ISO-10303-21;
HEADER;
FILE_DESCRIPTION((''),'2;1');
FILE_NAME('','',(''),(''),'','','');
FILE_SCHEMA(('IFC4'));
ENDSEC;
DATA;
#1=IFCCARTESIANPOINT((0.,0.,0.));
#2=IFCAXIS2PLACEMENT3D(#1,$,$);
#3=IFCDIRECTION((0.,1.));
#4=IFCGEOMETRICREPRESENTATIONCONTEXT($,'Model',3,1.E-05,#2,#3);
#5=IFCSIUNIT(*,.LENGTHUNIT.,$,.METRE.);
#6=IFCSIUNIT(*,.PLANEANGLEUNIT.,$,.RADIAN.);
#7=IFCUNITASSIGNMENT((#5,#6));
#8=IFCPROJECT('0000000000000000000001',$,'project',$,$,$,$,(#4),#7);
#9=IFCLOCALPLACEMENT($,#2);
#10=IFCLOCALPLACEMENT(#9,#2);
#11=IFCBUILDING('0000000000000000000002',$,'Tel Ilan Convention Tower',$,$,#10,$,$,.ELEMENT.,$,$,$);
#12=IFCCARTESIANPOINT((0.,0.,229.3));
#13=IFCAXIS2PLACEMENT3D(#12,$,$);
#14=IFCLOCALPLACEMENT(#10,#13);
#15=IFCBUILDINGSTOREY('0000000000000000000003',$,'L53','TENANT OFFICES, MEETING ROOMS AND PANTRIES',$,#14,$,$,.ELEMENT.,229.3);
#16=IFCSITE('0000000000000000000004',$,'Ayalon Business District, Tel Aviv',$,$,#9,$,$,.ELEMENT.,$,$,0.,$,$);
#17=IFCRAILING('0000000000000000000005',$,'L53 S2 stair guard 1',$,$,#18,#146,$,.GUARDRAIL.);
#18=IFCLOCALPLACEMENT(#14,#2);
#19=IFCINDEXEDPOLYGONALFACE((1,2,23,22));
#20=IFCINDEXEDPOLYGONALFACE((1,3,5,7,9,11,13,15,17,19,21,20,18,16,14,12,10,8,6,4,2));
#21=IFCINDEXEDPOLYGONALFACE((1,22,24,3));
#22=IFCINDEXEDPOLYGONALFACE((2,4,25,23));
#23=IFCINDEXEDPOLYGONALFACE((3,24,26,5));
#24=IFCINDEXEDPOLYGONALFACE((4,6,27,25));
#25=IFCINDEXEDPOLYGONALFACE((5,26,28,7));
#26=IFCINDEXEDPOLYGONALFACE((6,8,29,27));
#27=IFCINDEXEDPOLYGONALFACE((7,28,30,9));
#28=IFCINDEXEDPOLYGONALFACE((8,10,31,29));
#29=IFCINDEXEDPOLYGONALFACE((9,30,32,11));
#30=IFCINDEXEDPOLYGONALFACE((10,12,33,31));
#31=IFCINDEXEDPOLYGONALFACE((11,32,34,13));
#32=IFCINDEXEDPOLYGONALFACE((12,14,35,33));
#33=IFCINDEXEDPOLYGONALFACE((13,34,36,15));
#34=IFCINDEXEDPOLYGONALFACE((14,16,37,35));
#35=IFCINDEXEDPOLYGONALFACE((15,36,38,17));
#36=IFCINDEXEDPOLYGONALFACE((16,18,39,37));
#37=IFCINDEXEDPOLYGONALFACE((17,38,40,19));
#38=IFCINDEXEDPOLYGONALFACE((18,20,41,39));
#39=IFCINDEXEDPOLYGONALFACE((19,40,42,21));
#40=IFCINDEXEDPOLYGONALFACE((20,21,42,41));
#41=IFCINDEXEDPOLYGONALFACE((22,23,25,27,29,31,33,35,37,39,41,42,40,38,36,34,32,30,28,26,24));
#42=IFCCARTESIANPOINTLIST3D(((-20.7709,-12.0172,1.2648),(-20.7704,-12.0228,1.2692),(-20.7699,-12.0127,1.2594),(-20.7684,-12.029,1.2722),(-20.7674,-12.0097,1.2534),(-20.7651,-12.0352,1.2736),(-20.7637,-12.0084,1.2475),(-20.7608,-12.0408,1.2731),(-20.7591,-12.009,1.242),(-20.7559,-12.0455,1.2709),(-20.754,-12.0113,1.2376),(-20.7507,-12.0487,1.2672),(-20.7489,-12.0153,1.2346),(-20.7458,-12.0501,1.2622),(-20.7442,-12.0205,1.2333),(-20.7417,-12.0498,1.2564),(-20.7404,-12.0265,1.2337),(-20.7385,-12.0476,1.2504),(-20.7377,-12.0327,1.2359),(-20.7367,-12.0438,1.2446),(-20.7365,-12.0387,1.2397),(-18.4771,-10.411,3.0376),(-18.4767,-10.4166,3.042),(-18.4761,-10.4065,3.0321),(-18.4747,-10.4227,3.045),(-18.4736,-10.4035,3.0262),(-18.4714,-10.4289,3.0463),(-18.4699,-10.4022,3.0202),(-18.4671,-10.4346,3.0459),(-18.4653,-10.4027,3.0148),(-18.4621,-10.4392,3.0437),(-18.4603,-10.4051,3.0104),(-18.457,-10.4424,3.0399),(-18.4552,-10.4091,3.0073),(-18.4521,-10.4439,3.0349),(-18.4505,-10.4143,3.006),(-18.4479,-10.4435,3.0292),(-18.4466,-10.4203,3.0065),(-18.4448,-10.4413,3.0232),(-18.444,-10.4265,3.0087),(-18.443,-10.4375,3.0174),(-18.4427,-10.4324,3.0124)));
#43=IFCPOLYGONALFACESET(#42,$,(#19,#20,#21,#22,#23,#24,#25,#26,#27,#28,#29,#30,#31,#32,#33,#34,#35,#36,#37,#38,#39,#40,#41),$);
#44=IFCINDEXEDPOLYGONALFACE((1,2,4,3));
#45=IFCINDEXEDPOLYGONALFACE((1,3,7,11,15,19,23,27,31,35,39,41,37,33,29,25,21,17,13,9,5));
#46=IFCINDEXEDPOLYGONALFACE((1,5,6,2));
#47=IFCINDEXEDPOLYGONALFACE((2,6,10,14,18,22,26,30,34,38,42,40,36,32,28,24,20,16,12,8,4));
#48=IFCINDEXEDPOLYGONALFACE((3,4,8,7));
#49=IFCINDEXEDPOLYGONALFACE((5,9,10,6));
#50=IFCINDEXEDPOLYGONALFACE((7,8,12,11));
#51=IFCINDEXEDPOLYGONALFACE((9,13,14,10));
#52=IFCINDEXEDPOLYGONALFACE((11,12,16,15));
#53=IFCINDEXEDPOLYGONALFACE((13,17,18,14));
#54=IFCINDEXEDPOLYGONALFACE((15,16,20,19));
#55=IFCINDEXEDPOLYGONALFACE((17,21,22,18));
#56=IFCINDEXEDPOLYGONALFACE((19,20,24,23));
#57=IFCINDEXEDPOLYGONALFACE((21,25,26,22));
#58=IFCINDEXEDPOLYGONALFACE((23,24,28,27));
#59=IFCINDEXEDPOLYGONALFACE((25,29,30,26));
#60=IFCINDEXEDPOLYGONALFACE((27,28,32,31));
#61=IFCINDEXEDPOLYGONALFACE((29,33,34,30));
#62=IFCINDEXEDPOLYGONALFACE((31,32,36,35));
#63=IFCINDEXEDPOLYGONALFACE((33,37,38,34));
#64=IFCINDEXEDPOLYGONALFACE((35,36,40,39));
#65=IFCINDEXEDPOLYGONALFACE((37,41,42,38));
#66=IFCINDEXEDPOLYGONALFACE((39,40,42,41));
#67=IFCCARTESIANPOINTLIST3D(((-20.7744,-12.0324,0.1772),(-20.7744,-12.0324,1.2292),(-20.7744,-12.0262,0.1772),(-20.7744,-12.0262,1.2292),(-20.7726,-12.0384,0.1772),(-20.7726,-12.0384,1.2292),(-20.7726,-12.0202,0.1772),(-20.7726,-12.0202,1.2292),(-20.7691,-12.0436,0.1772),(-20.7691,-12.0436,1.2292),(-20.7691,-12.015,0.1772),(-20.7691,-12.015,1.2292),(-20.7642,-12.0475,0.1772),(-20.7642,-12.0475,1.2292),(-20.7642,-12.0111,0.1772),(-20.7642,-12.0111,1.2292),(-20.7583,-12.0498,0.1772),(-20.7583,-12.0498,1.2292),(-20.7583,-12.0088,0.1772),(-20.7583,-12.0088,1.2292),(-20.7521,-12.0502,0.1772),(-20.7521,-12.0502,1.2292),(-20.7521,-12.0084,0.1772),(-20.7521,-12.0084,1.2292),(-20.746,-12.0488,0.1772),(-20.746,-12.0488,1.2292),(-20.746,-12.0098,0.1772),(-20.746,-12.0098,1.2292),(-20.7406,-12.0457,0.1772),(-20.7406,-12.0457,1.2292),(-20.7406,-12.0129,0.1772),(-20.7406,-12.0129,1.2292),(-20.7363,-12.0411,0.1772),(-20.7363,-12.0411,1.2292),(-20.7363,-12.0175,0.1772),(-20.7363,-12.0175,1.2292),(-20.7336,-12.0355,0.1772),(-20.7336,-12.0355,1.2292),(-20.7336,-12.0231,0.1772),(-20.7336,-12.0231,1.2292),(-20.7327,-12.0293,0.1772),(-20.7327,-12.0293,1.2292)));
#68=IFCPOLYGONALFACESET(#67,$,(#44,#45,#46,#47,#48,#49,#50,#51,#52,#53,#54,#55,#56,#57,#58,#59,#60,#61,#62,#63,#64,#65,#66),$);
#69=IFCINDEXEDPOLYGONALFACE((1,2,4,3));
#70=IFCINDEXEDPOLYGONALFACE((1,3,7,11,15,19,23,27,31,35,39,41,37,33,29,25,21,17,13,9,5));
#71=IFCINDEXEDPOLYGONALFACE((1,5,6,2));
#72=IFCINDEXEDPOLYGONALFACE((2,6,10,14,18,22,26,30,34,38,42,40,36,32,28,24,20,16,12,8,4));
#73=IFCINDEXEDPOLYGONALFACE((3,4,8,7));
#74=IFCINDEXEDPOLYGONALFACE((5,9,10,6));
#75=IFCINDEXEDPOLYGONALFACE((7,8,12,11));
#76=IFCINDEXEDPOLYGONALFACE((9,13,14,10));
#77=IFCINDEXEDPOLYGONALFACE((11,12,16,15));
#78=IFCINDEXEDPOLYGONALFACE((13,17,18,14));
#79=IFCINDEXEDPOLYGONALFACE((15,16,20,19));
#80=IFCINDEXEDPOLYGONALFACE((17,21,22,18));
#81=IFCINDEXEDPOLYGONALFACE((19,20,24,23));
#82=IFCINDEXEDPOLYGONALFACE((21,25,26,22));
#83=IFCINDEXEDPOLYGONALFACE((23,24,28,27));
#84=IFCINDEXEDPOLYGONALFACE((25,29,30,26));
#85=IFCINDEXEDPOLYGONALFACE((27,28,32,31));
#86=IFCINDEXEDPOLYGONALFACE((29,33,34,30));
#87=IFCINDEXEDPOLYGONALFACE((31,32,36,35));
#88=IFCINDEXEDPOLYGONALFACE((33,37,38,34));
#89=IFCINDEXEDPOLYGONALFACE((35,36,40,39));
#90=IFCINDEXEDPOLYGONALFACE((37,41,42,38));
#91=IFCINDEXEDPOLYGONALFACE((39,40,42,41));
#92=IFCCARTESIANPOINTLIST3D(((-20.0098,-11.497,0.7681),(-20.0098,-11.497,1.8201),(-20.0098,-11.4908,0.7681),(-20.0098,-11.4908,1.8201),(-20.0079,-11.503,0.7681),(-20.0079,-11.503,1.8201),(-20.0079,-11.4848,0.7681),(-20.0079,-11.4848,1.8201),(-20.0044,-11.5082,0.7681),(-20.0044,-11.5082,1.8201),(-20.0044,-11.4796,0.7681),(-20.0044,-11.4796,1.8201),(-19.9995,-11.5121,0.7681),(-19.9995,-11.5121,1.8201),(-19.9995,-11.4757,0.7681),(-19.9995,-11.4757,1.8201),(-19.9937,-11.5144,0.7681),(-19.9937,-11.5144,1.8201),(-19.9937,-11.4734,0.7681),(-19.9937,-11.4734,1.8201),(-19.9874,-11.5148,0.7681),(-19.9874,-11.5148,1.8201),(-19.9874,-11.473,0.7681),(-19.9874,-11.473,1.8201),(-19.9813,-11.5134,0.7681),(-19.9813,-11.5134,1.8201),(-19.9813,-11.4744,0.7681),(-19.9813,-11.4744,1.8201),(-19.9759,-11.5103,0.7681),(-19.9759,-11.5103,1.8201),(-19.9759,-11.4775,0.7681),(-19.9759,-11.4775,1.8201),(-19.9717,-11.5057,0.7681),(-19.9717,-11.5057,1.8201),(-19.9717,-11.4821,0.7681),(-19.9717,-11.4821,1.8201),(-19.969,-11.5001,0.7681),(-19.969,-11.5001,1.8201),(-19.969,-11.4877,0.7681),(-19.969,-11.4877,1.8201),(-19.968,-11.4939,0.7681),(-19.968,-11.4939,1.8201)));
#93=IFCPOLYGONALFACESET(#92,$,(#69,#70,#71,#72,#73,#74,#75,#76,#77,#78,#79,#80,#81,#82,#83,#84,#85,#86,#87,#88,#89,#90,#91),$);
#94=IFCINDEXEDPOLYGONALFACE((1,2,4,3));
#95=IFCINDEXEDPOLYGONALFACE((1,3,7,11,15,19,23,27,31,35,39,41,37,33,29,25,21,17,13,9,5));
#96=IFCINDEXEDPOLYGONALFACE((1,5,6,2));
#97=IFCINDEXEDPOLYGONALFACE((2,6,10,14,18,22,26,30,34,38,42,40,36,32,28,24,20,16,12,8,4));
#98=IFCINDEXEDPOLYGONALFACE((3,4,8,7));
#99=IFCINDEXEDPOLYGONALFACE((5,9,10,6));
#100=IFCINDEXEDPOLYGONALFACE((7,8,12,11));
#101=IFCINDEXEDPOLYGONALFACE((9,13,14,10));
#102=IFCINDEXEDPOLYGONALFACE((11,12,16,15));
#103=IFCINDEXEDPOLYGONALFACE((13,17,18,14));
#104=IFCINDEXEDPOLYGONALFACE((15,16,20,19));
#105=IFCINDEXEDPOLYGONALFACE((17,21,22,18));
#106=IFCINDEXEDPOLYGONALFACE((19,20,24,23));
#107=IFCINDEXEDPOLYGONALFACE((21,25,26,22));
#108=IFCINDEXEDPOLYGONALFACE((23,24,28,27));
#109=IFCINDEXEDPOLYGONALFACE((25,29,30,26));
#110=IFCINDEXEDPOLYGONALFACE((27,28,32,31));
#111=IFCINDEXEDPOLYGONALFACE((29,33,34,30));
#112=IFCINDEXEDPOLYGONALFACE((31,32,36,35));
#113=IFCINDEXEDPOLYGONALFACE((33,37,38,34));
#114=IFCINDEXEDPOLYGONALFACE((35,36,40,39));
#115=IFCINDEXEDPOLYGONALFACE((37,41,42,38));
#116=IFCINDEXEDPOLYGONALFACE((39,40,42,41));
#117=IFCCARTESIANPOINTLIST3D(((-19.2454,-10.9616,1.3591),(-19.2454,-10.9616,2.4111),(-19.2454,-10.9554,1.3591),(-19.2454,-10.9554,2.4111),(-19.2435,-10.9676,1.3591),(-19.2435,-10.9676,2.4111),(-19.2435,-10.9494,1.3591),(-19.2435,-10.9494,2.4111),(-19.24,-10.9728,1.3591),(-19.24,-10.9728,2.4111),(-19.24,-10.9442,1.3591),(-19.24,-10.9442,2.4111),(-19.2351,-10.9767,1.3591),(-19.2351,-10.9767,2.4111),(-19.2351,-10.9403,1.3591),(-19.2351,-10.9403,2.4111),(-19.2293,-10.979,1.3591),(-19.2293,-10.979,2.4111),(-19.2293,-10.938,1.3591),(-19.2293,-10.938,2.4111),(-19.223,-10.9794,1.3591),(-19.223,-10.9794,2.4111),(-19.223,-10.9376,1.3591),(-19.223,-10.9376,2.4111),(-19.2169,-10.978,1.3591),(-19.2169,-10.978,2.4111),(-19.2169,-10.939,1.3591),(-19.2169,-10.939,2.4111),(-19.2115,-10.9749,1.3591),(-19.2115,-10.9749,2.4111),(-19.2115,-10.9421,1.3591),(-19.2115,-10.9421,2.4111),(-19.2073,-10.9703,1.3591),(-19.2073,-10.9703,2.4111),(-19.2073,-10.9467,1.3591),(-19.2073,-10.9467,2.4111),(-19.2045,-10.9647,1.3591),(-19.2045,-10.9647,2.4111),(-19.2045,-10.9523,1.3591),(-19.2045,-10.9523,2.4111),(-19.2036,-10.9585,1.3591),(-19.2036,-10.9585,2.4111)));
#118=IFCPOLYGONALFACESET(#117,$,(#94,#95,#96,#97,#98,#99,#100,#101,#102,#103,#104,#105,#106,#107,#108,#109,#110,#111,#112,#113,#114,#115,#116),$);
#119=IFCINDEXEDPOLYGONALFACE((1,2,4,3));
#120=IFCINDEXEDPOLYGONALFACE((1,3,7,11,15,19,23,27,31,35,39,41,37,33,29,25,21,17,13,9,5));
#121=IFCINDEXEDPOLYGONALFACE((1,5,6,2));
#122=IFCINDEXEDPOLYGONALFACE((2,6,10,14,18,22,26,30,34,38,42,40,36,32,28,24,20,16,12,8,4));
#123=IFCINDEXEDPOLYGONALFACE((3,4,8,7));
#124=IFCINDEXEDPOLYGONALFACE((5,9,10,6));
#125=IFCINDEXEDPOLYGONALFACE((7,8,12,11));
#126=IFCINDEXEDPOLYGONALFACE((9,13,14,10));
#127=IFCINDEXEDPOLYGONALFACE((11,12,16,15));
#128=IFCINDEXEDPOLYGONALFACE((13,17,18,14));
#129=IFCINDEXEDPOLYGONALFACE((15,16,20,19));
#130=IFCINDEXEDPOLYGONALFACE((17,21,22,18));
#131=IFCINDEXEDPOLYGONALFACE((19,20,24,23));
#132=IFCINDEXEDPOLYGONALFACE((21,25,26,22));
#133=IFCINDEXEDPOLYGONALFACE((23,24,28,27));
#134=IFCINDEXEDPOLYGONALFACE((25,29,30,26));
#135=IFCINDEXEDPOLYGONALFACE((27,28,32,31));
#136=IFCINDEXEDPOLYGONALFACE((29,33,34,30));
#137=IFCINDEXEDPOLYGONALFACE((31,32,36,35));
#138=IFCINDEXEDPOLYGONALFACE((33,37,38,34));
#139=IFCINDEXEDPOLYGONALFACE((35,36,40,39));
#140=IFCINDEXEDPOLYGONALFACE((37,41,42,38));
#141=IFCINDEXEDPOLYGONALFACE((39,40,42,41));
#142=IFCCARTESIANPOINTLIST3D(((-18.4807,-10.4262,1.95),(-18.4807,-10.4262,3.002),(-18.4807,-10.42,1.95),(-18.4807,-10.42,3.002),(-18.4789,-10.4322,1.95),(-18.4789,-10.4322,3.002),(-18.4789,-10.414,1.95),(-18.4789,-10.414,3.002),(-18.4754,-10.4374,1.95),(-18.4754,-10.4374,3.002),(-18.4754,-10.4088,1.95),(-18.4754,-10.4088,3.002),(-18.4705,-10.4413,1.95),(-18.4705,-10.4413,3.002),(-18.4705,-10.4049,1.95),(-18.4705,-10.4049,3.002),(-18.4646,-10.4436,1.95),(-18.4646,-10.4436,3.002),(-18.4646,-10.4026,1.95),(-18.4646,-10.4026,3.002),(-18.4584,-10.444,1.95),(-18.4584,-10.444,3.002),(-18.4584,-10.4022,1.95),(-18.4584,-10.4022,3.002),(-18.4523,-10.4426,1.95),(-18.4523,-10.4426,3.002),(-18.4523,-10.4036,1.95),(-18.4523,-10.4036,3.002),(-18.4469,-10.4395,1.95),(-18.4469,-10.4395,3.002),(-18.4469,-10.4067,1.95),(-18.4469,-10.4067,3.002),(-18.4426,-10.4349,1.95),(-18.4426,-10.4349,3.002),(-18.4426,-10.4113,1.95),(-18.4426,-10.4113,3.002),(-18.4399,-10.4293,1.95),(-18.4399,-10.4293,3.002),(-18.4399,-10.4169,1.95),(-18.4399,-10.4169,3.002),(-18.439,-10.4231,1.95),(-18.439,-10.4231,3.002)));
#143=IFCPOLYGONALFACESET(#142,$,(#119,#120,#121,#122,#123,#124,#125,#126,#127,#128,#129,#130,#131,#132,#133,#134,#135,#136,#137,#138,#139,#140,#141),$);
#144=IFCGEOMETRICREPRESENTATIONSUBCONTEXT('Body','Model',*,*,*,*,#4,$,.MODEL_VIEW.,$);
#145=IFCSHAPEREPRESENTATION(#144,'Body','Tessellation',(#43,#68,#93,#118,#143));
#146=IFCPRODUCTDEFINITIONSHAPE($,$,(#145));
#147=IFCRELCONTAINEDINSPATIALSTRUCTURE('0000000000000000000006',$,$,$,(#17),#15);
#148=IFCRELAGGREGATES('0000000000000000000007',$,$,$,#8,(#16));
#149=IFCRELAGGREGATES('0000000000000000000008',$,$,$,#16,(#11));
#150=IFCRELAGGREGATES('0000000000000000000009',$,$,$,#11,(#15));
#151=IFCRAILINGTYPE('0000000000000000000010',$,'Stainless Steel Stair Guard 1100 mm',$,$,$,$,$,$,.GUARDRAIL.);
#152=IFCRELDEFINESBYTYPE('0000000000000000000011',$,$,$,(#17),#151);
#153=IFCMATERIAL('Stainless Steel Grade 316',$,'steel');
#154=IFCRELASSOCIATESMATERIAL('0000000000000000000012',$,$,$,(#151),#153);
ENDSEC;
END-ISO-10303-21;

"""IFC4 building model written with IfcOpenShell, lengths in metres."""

from ifc_helpers import new_model, si_unit, direction, frame, origin, origin_2d, place, context, subcontext, project, spatial, circle, extrude, material, type_object, element, save


model = new_model("IFC4")

# Units and contexts
model_context = context("Model", 3, precision=1e-05, world=origin(), true_north=direction((0.0, 1.0)))
body_context = subcontext(model_context, "Body", "Model", "MODEL_VIEW")
ifc_project = project(units=[si_unit("LENGTHUNIT", "METRE"), si_unit("PLANEANGLEUNIT", "RADIAN")], contexts=[model_context])

# Site, building, storey
site_placement = place(None, origin())
site = spatial("IfcSite", under=ifc_project, at=site_placement, Name="Ayalon Business District, Tel Aviv", CompositionType="ELEMENT", RefElevation=0.0)
building_placement = place(site_placement, origin())
building = spatial("IfcBuilding", under=site, at=building_placement, Name="Tel Ilan Convention Tower", CompositionType="ELEMENT")
storey_placement = place(building_placement, frame((0.0, 0.0, 229.3)))
storey = spatial("IfcBuildingStorey", under=building, at=storey_placement, Name="L53", Description="TENANT OFFICES, MEETING ROOMS AND PANTRIES", CompositionType="ELEMENT", Elevation=229.3)

# Railing
ifc_material_1 = material(Name="Stainless Steel Grade 316", Category="steel")
railing_type_1 = type_object("IfcRailingType", Name="Stainless Steel Stair Guard 1100 mm", PredefinedType="GUARDRAIL", material=ifc_material_1)
railing_1_placement = place(storey_placement, frame((-20.7537, -12.0293, 0.1772)))
element("IfcRailing", 1, at=railing_1_placement, inside=storey, type_object=railing_type_1, Name="L53 S2 stair guard 1", PredefinedType="GUARDRAIL", context=body_context, shape_type="SweptSolid", body=[
    extrude(circle(Radius=0.0239, at=origin_2d()), frame((0.0, 0.0, 1.0762), z_axis=(0.692098, 0.484653, 0.534894), x_axis=(-0.573609, 0.81913, 0.0)), (0.0, 0.0, 1.0), 3.3142),
    extrude(circle(Radius=0.021, at=origin_2d()), origin(), (0.0, 0.0, 1.0), 1.052),
    extrude(circle(Radius=0.021, at=origin_2d()), frame((0.7646, 0.5354, 0.5908)), (0.0, 0.0, 1.0), 1.052),
    extrude(circle(Radius=0.021, at=origin_2d()), frame((1.5291, 1.0708, 1.1819)), (0.0, 0.0, 1.0), 1.052),
    extrude(circle(Radius=0.021, at=origin_2d()), frame((2.2937, 1.6062, 1.7727)), (0.0, 0.0, 1.0), 1.052),
])

save(model, "model.ifc")
